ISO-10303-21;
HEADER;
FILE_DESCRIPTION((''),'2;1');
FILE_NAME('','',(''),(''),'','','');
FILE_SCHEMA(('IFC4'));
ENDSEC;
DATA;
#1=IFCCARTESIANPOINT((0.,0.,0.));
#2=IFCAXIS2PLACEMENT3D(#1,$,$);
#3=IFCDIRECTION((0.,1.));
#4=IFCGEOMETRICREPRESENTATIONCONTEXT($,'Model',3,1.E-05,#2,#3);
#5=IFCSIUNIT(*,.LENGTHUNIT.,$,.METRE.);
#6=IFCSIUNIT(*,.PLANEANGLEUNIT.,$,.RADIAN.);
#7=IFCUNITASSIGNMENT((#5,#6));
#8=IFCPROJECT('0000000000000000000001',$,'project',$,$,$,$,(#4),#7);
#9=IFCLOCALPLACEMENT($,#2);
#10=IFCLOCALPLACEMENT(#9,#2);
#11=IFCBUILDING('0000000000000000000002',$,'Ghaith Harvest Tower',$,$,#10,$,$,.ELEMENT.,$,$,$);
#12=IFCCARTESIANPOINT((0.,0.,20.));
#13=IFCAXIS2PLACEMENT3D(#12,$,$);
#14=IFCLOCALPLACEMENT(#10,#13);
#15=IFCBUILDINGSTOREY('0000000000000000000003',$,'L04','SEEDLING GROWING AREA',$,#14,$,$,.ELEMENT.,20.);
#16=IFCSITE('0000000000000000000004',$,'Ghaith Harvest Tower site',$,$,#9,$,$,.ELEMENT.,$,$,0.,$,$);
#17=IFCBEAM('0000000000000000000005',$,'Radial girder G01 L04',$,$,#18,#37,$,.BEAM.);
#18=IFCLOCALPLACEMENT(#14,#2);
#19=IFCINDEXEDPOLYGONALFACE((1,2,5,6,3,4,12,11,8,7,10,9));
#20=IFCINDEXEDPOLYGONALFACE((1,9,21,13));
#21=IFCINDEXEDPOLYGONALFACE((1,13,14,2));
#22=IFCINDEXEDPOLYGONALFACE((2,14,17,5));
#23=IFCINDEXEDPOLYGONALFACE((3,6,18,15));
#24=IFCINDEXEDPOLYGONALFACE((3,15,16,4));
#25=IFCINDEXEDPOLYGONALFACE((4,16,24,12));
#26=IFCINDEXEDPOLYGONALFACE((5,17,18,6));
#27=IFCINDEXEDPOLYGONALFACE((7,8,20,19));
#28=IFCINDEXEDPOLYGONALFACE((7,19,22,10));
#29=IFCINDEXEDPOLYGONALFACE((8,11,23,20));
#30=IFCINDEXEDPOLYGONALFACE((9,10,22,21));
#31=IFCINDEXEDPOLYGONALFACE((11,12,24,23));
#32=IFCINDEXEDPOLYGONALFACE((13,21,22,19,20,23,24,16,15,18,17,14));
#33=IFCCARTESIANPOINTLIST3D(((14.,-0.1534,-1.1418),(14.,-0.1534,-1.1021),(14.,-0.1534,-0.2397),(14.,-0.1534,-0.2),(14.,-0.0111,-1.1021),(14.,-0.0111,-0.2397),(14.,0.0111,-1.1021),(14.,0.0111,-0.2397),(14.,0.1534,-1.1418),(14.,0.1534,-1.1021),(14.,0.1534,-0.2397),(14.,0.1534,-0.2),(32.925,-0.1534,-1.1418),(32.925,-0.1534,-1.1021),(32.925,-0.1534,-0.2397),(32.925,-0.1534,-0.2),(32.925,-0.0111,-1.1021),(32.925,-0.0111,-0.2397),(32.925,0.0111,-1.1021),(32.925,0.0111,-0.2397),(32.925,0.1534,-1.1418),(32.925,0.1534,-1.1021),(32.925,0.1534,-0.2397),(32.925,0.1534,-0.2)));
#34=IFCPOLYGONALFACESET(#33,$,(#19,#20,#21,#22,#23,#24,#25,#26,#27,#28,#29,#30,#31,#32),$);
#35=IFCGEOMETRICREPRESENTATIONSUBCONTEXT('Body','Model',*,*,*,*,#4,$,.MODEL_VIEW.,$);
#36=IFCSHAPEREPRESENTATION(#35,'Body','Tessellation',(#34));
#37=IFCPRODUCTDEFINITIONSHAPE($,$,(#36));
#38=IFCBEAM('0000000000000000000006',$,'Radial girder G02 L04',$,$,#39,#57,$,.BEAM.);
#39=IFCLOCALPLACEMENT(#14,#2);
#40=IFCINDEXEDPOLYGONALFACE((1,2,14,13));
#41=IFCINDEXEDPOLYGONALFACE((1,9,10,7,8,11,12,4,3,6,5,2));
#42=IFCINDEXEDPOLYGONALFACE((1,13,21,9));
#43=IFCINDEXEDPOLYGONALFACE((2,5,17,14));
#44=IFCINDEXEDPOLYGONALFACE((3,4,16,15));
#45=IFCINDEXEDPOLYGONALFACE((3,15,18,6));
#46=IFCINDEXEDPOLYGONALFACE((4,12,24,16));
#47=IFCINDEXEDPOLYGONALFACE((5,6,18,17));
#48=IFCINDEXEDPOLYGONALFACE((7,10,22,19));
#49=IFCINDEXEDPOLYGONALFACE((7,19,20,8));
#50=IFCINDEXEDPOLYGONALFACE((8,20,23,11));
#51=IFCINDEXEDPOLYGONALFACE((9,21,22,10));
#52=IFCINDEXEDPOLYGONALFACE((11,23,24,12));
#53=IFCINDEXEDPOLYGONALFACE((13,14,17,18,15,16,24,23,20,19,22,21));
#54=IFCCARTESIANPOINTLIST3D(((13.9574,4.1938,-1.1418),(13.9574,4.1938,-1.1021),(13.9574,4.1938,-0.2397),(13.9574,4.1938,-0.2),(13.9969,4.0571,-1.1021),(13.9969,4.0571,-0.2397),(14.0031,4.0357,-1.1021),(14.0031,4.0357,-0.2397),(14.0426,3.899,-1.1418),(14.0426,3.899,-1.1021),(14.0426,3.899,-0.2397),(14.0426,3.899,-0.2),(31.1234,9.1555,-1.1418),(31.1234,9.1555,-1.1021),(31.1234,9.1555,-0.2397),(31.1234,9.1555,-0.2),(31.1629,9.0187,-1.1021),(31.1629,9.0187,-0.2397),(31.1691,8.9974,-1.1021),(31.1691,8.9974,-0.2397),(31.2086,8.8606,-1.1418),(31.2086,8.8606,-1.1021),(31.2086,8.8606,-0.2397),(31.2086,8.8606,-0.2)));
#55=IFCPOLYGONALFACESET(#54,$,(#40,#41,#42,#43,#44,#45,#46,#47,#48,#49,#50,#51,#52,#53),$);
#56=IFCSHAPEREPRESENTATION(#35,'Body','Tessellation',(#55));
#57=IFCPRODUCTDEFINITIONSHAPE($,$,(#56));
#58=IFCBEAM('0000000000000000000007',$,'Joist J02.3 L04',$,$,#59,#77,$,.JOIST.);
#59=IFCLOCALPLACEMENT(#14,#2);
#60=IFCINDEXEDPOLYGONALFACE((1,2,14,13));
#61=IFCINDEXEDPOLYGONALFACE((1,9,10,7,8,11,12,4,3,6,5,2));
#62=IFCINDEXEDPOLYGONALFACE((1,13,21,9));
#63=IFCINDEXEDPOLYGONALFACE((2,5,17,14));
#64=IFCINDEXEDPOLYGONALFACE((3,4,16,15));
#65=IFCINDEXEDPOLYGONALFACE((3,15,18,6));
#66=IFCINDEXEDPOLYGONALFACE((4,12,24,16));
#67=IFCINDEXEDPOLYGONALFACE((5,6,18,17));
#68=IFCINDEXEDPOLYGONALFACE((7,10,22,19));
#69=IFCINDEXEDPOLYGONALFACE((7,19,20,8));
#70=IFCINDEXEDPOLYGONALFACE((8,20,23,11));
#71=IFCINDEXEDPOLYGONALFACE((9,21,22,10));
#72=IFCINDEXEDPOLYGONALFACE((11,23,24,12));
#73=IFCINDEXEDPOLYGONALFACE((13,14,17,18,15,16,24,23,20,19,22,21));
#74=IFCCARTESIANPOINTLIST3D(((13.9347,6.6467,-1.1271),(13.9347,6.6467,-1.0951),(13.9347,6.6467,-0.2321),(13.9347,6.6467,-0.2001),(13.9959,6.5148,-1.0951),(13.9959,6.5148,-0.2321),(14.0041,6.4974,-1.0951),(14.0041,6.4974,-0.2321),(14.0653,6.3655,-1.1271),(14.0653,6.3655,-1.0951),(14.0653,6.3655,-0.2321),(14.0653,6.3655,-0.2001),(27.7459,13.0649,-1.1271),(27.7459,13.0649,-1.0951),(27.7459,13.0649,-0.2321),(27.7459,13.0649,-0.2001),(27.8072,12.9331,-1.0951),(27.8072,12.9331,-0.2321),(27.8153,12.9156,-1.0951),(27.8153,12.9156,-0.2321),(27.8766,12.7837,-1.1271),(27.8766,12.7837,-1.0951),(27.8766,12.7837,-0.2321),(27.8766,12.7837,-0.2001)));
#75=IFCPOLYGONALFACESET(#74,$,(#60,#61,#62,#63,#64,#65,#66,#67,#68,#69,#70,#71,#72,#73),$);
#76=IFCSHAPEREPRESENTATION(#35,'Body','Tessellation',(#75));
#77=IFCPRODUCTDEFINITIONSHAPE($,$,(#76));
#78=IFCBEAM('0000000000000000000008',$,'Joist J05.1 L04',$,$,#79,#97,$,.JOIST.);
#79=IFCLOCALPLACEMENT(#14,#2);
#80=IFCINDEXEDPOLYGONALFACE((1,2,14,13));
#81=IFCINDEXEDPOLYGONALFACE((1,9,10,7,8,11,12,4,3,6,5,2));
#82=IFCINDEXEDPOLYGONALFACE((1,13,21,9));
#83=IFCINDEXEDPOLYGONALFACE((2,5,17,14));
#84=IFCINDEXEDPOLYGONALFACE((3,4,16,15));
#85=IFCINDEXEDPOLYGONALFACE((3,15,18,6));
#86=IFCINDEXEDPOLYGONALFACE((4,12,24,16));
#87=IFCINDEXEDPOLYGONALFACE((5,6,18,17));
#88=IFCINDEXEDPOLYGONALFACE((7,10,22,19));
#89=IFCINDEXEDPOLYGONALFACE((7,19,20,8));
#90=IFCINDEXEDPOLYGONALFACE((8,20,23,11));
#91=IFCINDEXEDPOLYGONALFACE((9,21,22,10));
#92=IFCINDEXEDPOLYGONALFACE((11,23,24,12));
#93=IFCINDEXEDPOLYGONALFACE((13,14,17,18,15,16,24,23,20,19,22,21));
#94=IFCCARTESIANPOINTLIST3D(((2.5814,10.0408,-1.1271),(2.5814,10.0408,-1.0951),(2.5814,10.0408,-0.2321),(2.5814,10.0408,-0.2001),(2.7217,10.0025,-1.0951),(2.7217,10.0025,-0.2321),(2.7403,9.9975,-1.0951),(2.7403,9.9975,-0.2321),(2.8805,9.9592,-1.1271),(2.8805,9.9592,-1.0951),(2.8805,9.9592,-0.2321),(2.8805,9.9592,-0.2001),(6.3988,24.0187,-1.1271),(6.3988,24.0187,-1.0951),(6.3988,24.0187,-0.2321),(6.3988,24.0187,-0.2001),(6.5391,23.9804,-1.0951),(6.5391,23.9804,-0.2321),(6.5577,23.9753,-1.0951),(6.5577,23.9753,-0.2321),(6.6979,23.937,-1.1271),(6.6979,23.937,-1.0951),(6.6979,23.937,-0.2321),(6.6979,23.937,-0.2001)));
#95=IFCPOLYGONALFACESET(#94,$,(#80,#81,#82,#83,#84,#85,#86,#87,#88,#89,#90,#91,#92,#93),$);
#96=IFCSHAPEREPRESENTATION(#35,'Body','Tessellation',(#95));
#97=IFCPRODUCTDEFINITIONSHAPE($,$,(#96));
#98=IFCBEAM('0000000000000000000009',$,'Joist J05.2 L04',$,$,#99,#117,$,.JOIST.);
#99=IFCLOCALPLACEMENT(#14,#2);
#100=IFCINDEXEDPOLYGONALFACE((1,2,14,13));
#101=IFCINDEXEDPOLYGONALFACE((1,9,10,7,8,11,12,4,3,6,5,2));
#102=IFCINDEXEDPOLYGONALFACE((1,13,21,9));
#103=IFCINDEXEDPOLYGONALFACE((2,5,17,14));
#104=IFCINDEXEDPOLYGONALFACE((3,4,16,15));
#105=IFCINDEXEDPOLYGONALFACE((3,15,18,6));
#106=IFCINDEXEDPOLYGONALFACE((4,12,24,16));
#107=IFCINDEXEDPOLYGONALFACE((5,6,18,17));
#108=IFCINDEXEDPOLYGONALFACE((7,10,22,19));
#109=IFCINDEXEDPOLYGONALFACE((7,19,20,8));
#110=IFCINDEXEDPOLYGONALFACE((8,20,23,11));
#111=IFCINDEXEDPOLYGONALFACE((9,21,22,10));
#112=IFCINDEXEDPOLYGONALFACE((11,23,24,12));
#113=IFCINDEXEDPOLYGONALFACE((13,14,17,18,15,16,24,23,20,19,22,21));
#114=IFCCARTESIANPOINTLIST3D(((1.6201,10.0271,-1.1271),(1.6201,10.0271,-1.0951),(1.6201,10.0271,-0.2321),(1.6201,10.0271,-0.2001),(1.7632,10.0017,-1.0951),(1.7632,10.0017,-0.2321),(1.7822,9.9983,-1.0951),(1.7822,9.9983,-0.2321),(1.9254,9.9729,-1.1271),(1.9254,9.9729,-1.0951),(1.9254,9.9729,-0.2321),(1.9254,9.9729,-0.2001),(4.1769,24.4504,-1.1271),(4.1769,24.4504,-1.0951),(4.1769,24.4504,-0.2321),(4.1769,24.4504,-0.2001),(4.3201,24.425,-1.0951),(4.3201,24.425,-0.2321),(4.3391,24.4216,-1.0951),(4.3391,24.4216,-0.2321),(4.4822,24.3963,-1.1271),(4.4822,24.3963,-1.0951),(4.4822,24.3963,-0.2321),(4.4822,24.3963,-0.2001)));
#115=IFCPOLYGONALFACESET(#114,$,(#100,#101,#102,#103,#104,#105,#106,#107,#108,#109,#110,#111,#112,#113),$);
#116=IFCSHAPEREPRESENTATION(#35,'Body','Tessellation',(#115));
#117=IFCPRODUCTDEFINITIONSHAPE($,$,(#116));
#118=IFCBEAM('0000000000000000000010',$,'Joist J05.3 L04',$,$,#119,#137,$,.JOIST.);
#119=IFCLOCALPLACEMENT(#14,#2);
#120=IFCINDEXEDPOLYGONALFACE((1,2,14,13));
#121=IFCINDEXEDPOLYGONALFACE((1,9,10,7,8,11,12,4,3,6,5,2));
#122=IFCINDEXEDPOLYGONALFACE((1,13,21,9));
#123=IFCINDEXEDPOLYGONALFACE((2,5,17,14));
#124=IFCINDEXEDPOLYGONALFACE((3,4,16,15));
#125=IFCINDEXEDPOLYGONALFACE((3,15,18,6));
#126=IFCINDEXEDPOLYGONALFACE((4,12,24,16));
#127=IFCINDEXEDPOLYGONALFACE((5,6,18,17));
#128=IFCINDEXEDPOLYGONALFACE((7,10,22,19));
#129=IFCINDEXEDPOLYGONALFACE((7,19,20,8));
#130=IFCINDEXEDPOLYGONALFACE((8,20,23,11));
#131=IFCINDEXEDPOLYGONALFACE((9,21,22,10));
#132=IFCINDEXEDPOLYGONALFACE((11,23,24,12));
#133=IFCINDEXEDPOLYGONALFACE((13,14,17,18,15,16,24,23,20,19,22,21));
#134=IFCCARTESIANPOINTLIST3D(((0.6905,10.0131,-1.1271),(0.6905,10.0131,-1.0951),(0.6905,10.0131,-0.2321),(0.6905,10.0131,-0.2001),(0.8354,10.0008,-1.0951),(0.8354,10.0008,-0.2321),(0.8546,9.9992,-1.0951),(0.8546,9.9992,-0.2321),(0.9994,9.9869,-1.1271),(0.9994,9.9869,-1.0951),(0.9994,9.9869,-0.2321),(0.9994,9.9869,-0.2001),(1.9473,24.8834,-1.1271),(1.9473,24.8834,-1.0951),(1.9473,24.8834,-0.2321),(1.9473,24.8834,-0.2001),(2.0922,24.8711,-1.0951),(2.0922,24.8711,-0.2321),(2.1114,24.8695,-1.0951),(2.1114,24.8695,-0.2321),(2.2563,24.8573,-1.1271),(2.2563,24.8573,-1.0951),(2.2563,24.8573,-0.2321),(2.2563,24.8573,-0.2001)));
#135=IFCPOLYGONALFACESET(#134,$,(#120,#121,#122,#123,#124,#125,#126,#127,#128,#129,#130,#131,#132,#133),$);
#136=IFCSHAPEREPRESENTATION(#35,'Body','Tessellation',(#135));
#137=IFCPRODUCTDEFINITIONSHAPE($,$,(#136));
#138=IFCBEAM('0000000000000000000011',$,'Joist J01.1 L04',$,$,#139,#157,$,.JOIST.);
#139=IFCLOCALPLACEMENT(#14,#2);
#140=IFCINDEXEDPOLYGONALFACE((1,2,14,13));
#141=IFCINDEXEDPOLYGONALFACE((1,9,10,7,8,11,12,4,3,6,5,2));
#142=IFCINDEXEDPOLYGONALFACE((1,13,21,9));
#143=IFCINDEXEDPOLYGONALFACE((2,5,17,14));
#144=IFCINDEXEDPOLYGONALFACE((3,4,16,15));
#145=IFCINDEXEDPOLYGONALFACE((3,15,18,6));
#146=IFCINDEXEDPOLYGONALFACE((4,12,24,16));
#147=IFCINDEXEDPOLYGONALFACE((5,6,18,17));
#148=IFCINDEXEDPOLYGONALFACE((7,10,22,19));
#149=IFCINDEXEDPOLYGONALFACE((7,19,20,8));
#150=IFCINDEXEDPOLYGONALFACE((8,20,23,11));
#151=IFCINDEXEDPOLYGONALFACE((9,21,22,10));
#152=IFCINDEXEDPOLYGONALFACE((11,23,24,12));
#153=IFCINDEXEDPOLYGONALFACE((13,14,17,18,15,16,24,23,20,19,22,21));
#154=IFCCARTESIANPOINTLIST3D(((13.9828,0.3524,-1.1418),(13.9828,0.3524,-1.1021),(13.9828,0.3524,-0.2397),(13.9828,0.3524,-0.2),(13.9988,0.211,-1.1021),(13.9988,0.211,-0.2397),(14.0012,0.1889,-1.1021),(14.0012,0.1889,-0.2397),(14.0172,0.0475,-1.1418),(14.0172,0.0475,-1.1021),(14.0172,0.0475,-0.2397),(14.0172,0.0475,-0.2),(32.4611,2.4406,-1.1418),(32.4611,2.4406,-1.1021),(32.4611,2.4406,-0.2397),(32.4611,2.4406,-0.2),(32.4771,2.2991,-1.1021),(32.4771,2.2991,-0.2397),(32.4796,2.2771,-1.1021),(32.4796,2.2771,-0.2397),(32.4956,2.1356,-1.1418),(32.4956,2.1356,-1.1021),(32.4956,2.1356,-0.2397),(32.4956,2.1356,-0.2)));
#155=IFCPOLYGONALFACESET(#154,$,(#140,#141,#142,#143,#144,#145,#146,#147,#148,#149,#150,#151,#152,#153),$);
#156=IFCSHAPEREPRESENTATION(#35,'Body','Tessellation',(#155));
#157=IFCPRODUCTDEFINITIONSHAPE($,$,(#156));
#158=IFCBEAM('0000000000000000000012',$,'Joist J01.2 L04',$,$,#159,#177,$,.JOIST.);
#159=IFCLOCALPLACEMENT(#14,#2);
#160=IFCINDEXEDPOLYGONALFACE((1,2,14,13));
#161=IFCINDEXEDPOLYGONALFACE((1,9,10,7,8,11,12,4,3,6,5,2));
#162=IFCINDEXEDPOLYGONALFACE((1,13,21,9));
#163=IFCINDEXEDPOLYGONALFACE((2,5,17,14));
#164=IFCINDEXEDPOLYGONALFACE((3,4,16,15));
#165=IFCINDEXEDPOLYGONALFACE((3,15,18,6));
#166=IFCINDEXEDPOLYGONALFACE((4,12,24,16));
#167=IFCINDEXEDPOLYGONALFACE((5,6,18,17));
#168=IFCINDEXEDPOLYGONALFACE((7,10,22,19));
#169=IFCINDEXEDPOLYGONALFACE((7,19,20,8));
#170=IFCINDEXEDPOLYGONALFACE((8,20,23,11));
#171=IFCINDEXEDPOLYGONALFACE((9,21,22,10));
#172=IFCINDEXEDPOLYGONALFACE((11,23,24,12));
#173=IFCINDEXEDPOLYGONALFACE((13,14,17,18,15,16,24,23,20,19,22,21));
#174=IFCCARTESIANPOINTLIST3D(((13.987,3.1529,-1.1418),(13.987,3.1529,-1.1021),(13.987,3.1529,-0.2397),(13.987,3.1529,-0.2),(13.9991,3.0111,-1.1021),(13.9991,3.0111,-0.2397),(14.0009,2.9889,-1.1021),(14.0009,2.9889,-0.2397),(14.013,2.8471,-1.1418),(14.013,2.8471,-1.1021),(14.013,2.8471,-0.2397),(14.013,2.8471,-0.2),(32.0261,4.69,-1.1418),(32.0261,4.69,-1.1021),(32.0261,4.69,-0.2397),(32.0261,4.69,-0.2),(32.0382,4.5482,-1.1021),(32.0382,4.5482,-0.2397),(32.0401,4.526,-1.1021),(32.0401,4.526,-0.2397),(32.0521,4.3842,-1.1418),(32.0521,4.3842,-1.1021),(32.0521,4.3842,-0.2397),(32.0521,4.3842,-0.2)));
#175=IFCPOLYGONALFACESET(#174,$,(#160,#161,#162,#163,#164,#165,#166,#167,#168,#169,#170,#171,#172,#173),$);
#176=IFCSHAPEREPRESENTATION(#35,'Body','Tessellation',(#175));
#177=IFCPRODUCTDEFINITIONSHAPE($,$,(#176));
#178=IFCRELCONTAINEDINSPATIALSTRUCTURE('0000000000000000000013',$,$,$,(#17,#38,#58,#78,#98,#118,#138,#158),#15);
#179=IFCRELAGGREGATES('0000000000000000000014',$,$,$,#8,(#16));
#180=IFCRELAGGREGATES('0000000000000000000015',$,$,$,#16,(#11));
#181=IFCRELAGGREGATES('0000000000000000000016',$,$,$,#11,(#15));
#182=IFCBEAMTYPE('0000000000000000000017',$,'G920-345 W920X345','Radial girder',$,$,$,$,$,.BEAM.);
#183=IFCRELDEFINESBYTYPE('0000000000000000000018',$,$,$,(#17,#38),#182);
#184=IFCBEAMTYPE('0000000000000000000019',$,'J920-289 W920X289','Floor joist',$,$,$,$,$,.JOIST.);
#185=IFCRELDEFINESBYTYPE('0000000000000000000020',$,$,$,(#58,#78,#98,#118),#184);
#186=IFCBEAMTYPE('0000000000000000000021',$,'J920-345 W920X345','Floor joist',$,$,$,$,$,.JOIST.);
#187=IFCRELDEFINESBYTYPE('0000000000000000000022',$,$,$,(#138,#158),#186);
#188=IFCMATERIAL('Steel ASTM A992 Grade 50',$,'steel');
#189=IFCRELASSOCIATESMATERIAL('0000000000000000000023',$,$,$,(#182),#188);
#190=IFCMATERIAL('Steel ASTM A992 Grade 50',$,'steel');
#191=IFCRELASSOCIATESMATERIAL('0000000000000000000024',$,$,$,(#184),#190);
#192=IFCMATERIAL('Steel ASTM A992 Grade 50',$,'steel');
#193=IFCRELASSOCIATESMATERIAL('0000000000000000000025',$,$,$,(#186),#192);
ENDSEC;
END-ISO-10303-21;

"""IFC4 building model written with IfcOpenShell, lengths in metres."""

from ifc_helpers import new_model, si_unit, direction, frame, origin, origin_2d, place, context, subcontext, project, spatial, i_section, extrude, material, material_profile, profile_set, type_object, element, save


model = new_model("IFC4")

# Units and contexts
model_context = context("Model", 3, precision=1e-05, world=origin(), true_north=direction((0.0, 1.0)))
body_context = subcontext(model_context, "Body", "Model", "MODEL_VIEW")
ifc_project = project(units=[si_unit("LENGTHUNIT", "METRE"), si_unit("PLANEANGLEUNIT", "RADIAN")], contexts=[model_context])

# Site, building, storey
site_placement = place(None, origin())
site = spatial("IfcSite", under=ifc_project, at=site_placement, Name="Ghaith Harvest Tower site", CompositionType="ELEMENT", RefElevation=0.0)
building_placement = place(site_placement, origin())
building = spatial("IfcBuilding", under=site, at=building_placement, Name="Ghaith Harvest Tower", CompositionType="ELEMENT")
storey_placement = place(building_placement, frame((0.0, 0.0, 20.0)))
storey = spatial("IfcBuildingStorey", under=building, at=storey_placement, Name="L04", Description="SEEDLING GROWING AREA", CompositionType="ELEMENT", Elevation=20.0)

# Beams
ifc_material_1 = material(Name="Steel ASTM A992 Grade 50", Category="steel")
ifc_material_profile_1 = material_profile(ifc_material_1, i_section(OverallWidth=0.3069, OverallDepth=0.9419, WebThickness=0.0222, FlangeThickness=0.0398, at=origin_2d()), Name="W920X345")
ifc_profile_set_1 = profile_set([ifc_material_profile_1], Name="Steel ASTM A992 Grade 50")
beam_type_1 = type_object("IfcBeamType", Name="G920-345 W920X345", Description="Radial girder", PredefinedType="BEAM", material=ifc_profile_set_1)
beam_1_placement = place(storey_placement, frame((14.0, 0.0, -0.6709), z_axis=(1.0, 0.0, 0.0), x_axis=(0.0, 1.0, 0.0)))
element("IfcBeam", 1, at=beam_1_placement, inside=storey, type_object=beam_type_1, Name="Radial girder G01 L04", PredefinedType="BEAM", context=body_context, shape_type="SweptSolid", body=[
    extrude(i_section(OverallWidth=0.3069, OverallDepth=0.9419, WebThickness=0.0222, FlangeThickness=0.0398, at=origin_2d()), origin(), (0.0, 0.0, 1.0), 18.925),
])
beam_2_placement = place(storey_placement, frame((14.0, 4.0464, -0.6709), z_axis=(0.960675, 0.277674, 0.0), x_axis=(-0.277674, 0.960675, 0.0)))
element("IfcBeam", 2, at=beam_2_placement, inside=storey, type_object=beam_type_1, Name="Radial girder G02 L04", PredefinedType="BEAM", context=body_context, shape_type="SweptSolid", body=[
    extrude(i_section(OverallWidth=0.3069, OverallDepth=0.9419, WebThickness=0.0222, FlangeThickness=0.0398, at=origin_2d()), origin(), (0.0, 0.0, 1.0), 17.8687),
])
ifc_material_2 = material(Name="Steel ASTM A992 Grade 50", Category="steel")
ifc_material_profile_2 = material_profile(ifc_material_2, i_section(OverallWidth=0.3101, OverallDepth=0.927, WebThickness=0.0193, FlangeThickness=0.032, at=origin_2d()), Name="W920X289")
ifc_profile_set_2 = profile_set([ifc_material_profile_2], Name="Steel ASTM A992 Grade 50")
beam_type_2 = type_object("IfcBeamType", Name="J920-289 W920X289", Description="Floor joist", PredefinedType="JOIST", material=ifc_profile_set_2)
beam_3_placement = place(storey_placement, frame((14.0, 6.5061, -0.6636), z_axis=(0.906863, 0.421426, 0.0), x_axis=(-0.421426, 0.906863, 0.0)))
element("IfcBeam", 3, at=beam_3_placement, inside=storey, type_object=beam_type_2, Name="Joist J02.3 L04", PredefinedType="JOIST", context=body_context, shape_type="SweptSolid", body=[
    extrude(i_section(OverallWidth=0.3101, OverallDepth=0.927, WebThickness=0.0193, FlangeThickness=0.032, at=origin_2d()), origin(), (0.0, 0.0, 1.0), 15.2297),
])
beam_4_placement = place(storey_placement, frame((2.731, 10.0, -0.6636), z_axis=(0.263455, 0.964672, 0.0), x_axis=(-0.964672, 0.263455, 0.0)))
element("IfcBeam", 4, at=beam_4_placement, inside=storey, type_object=beam_type_2, Name="Joist J05.1 L04", PredefinedType="JOIST", context=body_context, shape_type="SweptSolid", body=[
    extrude(i_section(OverallWidth=0.3101, OverallDepth=0.927, WebThickness=0.0193, FlangeThickness=0.032, at=origin_2d()), origin(), (0.0, 0.0, 1.0), 14.4897),
])
beam_5_placement = place(storey_placement, frame((1.7727, 10.0, -0.6636), z_axis=(0.174553, 0.984648, 0.0), x_axis=(-0.984648, 0.174553, 0.0)))
element("IfcBeam", 5, at=beam_5_placement, inside=storey, type_object=beam_type_2, Name="Joist J05.2 L04", PredefinedType="JOIST", context=body_context, shape_type="SweptSolid", body=[
    extrude(i_section(OverallWidth=0.3101, OverallDepth=0.927, WebThickness=0.0193, FlangeThickness=0.032, at=origin_2d()), origin(), (0.0, 0.0, 1.0), 14.6482),
])
beam_6_placement = place(storey_placement, frame((0.845, 10.0, -0.6636), z_axis=(0.084219, 0.996447, 0.0), x_axis=(-0.996447, 0.084219, 0.0)))
element("IfcBeam", 6, at=beam_6_placement, inside=storey, type_object=beam_type_2, Name="Joist J05.3 L04", PredefinedType="JOIST", context=body_context, shape_type="SweptSolid", body=[
    extrude(i_section(OverallWidth=0.3101, OverallDepth=0.927, WebThickness=0.0193, FlangeThickness=0.032, at=origin_2d()), origin(), (0.0, 0.0, 1.0), 14.9233),
])
ifc_material_3 = material(Name="Steel ASTM A992 Grade 50", Category="steel")
ifc_material_profile_3 = material_profile(ifc_material_3, i_section(OverallWidth=0.3069, OverallDepth=0.9419, WebThickness=0.0222, FlangeThickness=0.0398, at=origin_2d()), Name="W920X345")
ifc_profile_set_3 = profile_set([ifc_material_profile_3], Name="Steel ASTM A992 Grade 50")
beam_type_3 = type_object("IfcBeamType", Name="J920-345 W920X345", Description="Floor joist", PredefinedType="JOIST", material=ifc_profile_set_3)
beam_7_placement = place(storey_placement, frame((14.0, 0.2, -0.6709), z_axis=(0.993675, 0.11229, 0.0), x_axis=(-0.11229, 0.993675, 0.0)))
element("IfcBeam", 7, at=beam_7_placement, inside=storey, type_object=beam_type_3, Name="Joist J01.1 L04", PredefinedType="JOIST", context=body_context, shape_type="SweptSolid", body=[
    extrude(i_section(OverallWidth=0.3069, OverallDepth=0.9419, WebThickness=0.0222, FlangeThickness=0.0398, at=origin_2d()), origin(), (0.0, 0.0, 1.0), 18.5959),
])
beam_8_placement = place(storey_placement, frame((14.0, 3.0, -0.6709), z_axis=(0.996389, 0.084902, 0.0), x_axis=(-0.084902, 0.996389, 0.0)))
element("IfcBeam", 8, at=beam_8_placement, inside=storey, type_object=beam_type_3, Name="Joist J01.2 L04", PredefinedType="JOIST", context=body_context, shape_type="SweptSolid", body=[
    extrude(i_section(OverallWidth=0.3069, OverallDepth=0.9419, WebThickness=0.0222, FlangeThickness=0.0398, at=origin_2d()), origin(), (0.0, 0.0, 1.0), 18.1045),
])

save(model, "model.ifc")
